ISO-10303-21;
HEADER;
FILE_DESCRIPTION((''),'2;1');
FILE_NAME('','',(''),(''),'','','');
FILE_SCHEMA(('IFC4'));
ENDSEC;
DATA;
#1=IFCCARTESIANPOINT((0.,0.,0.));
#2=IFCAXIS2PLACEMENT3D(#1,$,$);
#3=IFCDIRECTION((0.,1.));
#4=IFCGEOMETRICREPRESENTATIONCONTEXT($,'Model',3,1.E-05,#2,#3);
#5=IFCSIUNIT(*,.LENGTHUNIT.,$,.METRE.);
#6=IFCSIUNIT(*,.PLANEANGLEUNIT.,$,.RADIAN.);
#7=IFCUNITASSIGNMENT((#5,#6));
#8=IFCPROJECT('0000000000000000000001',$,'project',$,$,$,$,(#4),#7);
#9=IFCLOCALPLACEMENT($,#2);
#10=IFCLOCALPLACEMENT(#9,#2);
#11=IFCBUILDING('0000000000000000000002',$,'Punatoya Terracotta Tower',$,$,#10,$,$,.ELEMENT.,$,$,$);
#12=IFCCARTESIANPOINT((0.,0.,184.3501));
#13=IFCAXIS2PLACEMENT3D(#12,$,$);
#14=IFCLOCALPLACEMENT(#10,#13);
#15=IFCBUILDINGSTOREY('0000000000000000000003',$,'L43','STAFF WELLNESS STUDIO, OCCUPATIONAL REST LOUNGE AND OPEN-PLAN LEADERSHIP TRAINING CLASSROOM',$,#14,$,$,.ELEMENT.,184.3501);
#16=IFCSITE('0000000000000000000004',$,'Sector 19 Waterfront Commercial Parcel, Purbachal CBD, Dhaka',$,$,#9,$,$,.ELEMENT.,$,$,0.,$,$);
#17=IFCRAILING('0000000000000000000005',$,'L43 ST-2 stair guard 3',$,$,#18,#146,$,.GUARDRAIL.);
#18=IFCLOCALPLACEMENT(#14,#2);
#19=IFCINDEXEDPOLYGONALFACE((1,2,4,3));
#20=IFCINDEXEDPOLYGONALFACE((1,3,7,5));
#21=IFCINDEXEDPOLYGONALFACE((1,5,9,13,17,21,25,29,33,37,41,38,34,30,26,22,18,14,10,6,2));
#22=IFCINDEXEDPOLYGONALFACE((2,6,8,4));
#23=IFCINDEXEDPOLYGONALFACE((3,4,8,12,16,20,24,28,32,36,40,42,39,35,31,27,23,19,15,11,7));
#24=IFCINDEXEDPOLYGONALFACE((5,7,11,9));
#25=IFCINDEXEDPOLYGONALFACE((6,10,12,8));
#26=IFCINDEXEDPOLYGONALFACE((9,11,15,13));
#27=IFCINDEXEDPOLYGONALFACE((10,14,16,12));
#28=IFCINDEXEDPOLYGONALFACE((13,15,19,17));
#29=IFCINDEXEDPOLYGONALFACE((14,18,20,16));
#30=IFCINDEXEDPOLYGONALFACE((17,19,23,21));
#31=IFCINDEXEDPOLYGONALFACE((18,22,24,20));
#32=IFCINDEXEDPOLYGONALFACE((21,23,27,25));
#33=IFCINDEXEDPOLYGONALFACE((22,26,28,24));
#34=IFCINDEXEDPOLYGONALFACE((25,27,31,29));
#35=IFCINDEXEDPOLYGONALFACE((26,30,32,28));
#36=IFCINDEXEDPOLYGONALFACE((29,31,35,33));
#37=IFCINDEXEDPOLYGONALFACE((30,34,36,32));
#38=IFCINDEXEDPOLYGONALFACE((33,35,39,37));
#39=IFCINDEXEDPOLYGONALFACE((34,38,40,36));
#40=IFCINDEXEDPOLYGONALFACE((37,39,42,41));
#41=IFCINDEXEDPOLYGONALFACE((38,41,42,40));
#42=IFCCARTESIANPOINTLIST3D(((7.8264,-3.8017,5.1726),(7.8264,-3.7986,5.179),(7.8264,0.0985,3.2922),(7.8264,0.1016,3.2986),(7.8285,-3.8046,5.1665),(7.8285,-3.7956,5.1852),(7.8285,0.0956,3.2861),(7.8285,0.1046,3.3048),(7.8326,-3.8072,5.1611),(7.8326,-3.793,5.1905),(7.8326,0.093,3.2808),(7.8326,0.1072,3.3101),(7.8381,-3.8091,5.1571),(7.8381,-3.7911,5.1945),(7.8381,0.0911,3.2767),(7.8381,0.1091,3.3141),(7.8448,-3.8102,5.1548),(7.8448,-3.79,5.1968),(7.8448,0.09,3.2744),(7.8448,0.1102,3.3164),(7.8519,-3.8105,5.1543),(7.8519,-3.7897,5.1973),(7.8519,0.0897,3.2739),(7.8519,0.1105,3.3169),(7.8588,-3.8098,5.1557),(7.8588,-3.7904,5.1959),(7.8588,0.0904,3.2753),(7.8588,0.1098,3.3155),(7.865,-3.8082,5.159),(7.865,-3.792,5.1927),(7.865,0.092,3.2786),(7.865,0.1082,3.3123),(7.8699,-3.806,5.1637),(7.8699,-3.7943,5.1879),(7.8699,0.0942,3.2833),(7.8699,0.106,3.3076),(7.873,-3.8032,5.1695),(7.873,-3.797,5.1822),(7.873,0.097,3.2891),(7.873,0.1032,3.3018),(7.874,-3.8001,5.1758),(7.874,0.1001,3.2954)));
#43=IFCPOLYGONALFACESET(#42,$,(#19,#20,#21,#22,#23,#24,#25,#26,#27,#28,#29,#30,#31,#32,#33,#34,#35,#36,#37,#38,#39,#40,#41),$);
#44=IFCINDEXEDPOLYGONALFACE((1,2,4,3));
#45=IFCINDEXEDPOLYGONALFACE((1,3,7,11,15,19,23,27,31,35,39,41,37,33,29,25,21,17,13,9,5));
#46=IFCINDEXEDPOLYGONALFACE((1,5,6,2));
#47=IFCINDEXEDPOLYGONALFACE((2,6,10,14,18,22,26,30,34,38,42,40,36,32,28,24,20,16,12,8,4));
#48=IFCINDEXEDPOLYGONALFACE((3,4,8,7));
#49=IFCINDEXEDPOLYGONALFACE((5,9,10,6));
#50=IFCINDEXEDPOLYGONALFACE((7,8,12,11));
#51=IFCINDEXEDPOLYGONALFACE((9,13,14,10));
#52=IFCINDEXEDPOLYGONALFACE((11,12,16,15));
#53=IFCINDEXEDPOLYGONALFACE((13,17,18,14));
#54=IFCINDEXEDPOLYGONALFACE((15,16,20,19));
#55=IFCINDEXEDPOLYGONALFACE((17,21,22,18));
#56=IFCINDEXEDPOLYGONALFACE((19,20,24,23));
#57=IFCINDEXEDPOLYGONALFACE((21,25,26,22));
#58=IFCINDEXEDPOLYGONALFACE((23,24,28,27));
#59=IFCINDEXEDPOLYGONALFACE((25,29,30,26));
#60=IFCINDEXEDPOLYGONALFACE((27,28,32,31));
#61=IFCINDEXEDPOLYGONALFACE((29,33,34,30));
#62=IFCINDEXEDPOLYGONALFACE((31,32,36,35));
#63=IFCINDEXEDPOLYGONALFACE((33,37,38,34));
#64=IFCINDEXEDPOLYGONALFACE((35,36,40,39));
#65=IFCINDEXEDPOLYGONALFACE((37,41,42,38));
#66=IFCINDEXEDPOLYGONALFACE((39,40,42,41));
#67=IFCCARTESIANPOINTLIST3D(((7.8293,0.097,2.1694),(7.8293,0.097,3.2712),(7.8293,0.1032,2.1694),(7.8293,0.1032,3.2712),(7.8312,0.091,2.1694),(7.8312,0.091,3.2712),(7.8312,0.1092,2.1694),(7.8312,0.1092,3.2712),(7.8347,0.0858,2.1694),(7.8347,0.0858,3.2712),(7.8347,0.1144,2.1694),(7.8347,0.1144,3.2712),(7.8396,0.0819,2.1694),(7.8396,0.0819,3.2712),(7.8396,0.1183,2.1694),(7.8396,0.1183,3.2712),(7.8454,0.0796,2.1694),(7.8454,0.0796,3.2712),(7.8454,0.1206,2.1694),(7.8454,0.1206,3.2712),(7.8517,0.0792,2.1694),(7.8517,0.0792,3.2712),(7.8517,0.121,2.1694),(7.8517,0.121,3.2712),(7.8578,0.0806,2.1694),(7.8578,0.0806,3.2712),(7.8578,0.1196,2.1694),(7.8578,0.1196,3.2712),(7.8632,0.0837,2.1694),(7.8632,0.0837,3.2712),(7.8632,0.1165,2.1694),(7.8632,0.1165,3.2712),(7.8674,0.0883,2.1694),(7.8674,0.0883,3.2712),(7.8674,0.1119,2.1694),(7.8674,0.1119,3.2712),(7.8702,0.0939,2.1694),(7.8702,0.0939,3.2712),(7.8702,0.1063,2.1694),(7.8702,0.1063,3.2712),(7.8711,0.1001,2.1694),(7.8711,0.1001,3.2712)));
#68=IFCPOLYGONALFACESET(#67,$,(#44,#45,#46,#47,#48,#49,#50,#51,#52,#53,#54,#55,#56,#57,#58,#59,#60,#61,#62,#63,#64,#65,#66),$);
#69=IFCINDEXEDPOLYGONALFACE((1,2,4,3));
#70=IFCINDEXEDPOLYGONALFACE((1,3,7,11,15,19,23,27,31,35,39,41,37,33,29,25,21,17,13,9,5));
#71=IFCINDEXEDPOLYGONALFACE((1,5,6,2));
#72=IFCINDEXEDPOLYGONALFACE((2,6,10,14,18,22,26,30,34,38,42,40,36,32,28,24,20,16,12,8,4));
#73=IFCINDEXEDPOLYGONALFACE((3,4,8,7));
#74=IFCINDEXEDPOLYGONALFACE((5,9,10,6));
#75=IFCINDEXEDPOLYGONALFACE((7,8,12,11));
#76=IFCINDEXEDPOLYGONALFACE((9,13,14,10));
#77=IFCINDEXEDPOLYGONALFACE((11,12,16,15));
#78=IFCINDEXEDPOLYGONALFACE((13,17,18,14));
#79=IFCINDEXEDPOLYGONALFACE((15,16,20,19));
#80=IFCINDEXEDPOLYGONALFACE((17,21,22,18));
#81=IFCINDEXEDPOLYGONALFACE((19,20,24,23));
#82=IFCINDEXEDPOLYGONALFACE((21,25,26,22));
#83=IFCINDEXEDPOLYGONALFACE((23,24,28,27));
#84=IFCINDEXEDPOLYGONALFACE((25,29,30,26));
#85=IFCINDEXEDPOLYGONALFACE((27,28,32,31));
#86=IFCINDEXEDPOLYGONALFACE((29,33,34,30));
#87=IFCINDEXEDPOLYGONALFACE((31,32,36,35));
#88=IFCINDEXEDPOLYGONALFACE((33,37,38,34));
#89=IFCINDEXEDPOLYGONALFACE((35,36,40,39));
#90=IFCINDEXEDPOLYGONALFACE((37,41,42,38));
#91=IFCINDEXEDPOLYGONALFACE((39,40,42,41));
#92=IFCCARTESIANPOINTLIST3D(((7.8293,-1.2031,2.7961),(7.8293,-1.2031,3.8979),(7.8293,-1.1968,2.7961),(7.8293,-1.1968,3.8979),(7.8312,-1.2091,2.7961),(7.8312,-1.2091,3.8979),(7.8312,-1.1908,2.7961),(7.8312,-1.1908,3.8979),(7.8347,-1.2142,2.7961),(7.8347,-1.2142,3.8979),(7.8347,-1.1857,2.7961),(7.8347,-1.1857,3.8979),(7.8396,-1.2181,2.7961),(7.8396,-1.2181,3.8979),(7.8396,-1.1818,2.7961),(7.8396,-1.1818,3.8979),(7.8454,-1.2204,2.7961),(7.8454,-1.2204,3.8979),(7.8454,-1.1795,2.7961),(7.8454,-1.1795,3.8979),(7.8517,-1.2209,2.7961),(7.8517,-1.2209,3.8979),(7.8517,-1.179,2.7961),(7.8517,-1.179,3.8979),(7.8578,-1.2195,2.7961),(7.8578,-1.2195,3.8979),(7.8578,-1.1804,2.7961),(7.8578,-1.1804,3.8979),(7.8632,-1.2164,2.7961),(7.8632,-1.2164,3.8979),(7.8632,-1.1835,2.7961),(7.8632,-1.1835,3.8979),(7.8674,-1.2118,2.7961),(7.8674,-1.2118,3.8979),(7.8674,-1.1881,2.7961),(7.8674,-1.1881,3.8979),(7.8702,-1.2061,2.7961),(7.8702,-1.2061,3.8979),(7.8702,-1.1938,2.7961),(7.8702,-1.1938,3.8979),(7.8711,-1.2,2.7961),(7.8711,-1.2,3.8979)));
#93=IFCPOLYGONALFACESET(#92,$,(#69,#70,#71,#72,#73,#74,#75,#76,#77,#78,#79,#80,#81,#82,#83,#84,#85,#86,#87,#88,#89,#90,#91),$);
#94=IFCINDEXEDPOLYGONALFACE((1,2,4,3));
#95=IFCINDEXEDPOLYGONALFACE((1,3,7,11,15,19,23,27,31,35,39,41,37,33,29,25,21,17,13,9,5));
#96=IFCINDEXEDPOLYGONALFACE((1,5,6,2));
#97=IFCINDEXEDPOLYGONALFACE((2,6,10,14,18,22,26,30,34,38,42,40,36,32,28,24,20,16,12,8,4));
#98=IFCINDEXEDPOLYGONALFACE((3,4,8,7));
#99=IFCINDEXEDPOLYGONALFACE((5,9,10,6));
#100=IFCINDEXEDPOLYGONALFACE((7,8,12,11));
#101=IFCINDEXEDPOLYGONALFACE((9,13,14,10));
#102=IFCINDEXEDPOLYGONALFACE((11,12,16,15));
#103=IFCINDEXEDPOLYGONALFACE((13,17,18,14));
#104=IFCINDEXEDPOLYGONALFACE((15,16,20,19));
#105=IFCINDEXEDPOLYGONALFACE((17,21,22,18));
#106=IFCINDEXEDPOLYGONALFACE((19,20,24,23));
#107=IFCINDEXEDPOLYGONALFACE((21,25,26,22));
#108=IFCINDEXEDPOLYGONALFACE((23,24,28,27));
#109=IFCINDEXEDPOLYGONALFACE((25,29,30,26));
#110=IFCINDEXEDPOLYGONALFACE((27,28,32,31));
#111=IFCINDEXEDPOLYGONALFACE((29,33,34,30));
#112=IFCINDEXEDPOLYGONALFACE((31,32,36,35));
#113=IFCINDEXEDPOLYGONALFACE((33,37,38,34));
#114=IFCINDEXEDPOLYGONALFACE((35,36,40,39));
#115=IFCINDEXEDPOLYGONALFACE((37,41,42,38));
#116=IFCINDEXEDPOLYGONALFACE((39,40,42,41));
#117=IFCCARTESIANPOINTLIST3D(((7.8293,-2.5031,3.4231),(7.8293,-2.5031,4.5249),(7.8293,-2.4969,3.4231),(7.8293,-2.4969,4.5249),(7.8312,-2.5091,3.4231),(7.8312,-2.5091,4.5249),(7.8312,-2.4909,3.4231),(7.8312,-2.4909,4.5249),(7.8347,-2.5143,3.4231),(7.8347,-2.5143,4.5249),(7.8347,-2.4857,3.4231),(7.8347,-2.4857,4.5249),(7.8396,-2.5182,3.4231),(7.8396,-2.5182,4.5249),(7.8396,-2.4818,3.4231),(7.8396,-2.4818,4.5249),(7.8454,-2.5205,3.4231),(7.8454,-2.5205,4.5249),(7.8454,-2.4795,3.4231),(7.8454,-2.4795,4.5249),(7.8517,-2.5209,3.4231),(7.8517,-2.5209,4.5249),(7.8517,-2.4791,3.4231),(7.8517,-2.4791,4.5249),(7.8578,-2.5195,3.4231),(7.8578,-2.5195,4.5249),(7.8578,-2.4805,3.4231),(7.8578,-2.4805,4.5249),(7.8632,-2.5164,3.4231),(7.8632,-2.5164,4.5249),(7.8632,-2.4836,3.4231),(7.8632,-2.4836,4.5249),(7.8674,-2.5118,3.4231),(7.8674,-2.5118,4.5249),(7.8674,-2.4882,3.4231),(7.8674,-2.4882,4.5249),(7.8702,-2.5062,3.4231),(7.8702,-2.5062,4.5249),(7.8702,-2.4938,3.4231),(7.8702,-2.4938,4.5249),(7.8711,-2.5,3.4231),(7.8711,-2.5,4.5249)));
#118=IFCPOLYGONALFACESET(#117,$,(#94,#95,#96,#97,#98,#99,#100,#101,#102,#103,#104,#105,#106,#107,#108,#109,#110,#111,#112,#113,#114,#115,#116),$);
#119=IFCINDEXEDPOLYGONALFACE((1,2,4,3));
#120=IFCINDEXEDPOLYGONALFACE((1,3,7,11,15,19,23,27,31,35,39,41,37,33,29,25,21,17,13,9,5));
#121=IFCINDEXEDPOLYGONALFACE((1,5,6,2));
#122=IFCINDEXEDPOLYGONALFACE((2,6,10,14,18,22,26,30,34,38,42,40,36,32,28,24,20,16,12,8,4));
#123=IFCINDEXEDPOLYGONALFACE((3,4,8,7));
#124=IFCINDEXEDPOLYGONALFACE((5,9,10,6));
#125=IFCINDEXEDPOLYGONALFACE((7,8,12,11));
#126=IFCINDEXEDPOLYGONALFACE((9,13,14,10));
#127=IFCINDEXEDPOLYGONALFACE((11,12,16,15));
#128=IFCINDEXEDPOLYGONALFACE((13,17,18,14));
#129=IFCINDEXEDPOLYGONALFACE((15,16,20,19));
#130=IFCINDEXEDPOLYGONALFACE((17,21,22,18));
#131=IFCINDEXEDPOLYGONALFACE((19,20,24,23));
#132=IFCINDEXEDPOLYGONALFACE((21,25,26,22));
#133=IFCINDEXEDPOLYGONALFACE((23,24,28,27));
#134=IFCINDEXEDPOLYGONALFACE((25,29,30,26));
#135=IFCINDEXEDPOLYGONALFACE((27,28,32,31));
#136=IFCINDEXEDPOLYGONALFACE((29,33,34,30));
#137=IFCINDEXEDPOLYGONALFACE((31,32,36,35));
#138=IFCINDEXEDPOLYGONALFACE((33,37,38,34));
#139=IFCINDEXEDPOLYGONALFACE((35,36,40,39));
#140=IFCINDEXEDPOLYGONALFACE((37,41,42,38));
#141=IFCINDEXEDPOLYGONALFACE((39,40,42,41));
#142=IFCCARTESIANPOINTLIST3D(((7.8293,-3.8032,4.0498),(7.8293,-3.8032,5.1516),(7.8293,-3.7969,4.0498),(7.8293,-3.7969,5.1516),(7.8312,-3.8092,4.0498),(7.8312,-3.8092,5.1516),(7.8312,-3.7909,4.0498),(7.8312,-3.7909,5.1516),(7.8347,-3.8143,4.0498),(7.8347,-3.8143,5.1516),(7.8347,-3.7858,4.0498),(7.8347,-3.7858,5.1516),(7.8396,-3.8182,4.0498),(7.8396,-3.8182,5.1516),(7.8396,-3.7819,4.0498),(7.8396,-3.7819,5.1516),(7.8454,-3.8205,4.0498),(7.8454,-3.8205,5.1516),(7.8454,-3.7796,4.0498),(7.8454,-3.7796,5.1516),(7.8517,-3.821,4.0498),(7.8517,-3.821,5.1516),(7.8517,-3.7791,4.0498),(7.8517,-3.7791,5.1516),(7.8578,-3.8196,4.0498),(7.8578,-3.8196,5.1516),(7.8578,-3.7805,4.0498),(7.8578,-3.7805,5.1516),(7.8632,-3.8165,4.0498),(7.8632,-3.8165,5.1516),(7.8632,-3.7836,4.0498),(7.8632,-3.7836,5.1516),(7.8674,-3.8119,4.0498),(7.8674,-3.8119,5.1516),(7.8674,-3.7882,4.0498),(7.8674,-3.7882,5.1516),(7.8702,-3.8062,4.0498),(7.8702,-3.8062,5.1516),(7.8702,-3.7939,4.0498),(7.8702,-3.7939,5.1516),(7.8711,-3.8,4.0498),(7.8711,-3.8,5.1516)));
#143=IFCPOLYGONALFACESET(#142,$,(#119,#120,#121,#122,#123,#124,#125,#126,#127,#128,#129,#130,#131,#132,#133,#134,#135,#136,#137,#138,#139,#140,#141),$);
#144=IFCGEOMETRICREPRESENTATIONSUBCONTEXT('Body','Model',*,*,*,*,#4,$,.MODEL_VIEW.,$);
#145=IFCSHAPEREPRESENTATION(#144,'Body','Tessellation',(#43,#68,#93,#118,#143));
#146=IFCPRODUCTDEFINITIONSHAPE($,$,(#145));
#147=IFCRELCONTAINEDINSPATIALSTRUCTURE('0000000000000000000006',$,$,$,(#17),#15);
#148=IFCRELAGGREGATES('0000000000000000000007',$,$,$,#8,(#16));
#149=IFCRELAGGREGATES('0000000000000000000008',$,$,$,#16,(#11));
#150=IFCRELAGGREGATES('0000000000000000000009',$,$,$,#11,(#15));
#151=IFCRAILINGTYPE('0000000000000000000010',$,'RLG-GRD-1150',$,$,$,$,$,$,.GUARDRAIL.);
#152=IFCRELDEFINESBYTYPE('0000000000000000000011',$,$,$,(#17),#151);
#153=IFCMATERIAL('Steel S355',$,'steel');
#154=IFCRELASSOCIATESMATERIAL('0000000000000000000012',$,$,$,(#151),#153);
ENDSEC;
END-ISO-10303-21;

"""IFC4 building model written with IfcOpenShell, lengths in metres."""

from ifc_helpers import new_model, si_unit, direction, frame, origin, origin_2d, place, context, subcontext, project, spatial, circle, extrude, material, type_object, element, save


model = new_model("IFC4")

# Units and contexts
model_context = context("Model", 3, precision=1e-05, world=origin(), true_north=direction((0.0, 1.0)))
body_context = subcontext(model_context, "Body", "Model", "MODEL_VIEW")
ifc_project = project(units=[si_unit("LENGTHUNIT", "METRE"), si_unit("PLANEANGLEUNIT", "RADIAN")], contexts=[model_context])

# Site, building, storey
site_placement = place(None, origin())
site = spatial("IfcSite", under=ifc_project, at=site_placement, Name="Sector 19 Waterfront Commercial Parcel, Purbachal CBD, Dhaka", CompositionType="ELEMENT", RefElevation=0.0)
building_placement = place(site_placement, origin())
building = spatial("IfcBuilding", under=site, at=building_placement, Name="Punatoya Terracotta Tower", CompositionType="ELEMENT")
storey_placement = place(building_placement, frame((0.0, 0.0, 184.3501)))
storey = spatial("IfcBuildingStorey", under=building, at=storey_placement, Name="L43", Description="STAFF WELLNESS STUDIO, OCCUPATIONAL REST LOUNGE AND OPEN-PLAN LEADERSHIP TRAINING CLASSROOM", CompositionType="ELEMENT", Elevation=184.3501)

# Shared definitions
ifc_material_1 = material(Name="Steel S355", Category="steel")

# Railing
railing_type_1 = type_object("IfcRailingType", Name="RLG-GRD-1150", PredefinedType="GUARDRAIL", material=ifc_material_1)
railing_1_placement = place(storey_placement, frame((7.8501, 0.1001, 2.1694)))
element("IfcRailing", 1, at=railing_1_placement, inside=storey, type_object=railing_type_1, Name="L43 ST-2 stair guard 3", PredefinedType="GUARDRAIL", context=body_context, shape_type="SweptSolid", body=[
    extrude(circle(Radius=0.0239, at=origin_2d()), frame((0.0, 0.0, 1.126), z_axis=(0.0, -0.900774, 0.434289), x_axis=(1.0, 0.0, 0.0)), (0.0, 0.0, 1.0), 4.3298),
    extrude(circle(Radius=0.021, at=origin_2d()), origin(), (0.0, 0.0, 1.0), 1.1018),
    extrude(circle(Radius=0.021, at=origin_2d()), frame((0.0, -1.3, 0.6267)), (0.0, 0.0, 1.0), 1.1018),
    extrude(circle(Radius=0.021, at=origin_2d()), frame((0.0, -2.6001, 1.2537)), (0.0, 0.0, 1.0), 1.1018),
    extrude(circle(Radius=0.021, at=origin_2d()), frame((0.0, -3.9001, 1.8804)), (0.0, 0.0, 1.0), 1.1018),
])

save(model, "model.ifc")
